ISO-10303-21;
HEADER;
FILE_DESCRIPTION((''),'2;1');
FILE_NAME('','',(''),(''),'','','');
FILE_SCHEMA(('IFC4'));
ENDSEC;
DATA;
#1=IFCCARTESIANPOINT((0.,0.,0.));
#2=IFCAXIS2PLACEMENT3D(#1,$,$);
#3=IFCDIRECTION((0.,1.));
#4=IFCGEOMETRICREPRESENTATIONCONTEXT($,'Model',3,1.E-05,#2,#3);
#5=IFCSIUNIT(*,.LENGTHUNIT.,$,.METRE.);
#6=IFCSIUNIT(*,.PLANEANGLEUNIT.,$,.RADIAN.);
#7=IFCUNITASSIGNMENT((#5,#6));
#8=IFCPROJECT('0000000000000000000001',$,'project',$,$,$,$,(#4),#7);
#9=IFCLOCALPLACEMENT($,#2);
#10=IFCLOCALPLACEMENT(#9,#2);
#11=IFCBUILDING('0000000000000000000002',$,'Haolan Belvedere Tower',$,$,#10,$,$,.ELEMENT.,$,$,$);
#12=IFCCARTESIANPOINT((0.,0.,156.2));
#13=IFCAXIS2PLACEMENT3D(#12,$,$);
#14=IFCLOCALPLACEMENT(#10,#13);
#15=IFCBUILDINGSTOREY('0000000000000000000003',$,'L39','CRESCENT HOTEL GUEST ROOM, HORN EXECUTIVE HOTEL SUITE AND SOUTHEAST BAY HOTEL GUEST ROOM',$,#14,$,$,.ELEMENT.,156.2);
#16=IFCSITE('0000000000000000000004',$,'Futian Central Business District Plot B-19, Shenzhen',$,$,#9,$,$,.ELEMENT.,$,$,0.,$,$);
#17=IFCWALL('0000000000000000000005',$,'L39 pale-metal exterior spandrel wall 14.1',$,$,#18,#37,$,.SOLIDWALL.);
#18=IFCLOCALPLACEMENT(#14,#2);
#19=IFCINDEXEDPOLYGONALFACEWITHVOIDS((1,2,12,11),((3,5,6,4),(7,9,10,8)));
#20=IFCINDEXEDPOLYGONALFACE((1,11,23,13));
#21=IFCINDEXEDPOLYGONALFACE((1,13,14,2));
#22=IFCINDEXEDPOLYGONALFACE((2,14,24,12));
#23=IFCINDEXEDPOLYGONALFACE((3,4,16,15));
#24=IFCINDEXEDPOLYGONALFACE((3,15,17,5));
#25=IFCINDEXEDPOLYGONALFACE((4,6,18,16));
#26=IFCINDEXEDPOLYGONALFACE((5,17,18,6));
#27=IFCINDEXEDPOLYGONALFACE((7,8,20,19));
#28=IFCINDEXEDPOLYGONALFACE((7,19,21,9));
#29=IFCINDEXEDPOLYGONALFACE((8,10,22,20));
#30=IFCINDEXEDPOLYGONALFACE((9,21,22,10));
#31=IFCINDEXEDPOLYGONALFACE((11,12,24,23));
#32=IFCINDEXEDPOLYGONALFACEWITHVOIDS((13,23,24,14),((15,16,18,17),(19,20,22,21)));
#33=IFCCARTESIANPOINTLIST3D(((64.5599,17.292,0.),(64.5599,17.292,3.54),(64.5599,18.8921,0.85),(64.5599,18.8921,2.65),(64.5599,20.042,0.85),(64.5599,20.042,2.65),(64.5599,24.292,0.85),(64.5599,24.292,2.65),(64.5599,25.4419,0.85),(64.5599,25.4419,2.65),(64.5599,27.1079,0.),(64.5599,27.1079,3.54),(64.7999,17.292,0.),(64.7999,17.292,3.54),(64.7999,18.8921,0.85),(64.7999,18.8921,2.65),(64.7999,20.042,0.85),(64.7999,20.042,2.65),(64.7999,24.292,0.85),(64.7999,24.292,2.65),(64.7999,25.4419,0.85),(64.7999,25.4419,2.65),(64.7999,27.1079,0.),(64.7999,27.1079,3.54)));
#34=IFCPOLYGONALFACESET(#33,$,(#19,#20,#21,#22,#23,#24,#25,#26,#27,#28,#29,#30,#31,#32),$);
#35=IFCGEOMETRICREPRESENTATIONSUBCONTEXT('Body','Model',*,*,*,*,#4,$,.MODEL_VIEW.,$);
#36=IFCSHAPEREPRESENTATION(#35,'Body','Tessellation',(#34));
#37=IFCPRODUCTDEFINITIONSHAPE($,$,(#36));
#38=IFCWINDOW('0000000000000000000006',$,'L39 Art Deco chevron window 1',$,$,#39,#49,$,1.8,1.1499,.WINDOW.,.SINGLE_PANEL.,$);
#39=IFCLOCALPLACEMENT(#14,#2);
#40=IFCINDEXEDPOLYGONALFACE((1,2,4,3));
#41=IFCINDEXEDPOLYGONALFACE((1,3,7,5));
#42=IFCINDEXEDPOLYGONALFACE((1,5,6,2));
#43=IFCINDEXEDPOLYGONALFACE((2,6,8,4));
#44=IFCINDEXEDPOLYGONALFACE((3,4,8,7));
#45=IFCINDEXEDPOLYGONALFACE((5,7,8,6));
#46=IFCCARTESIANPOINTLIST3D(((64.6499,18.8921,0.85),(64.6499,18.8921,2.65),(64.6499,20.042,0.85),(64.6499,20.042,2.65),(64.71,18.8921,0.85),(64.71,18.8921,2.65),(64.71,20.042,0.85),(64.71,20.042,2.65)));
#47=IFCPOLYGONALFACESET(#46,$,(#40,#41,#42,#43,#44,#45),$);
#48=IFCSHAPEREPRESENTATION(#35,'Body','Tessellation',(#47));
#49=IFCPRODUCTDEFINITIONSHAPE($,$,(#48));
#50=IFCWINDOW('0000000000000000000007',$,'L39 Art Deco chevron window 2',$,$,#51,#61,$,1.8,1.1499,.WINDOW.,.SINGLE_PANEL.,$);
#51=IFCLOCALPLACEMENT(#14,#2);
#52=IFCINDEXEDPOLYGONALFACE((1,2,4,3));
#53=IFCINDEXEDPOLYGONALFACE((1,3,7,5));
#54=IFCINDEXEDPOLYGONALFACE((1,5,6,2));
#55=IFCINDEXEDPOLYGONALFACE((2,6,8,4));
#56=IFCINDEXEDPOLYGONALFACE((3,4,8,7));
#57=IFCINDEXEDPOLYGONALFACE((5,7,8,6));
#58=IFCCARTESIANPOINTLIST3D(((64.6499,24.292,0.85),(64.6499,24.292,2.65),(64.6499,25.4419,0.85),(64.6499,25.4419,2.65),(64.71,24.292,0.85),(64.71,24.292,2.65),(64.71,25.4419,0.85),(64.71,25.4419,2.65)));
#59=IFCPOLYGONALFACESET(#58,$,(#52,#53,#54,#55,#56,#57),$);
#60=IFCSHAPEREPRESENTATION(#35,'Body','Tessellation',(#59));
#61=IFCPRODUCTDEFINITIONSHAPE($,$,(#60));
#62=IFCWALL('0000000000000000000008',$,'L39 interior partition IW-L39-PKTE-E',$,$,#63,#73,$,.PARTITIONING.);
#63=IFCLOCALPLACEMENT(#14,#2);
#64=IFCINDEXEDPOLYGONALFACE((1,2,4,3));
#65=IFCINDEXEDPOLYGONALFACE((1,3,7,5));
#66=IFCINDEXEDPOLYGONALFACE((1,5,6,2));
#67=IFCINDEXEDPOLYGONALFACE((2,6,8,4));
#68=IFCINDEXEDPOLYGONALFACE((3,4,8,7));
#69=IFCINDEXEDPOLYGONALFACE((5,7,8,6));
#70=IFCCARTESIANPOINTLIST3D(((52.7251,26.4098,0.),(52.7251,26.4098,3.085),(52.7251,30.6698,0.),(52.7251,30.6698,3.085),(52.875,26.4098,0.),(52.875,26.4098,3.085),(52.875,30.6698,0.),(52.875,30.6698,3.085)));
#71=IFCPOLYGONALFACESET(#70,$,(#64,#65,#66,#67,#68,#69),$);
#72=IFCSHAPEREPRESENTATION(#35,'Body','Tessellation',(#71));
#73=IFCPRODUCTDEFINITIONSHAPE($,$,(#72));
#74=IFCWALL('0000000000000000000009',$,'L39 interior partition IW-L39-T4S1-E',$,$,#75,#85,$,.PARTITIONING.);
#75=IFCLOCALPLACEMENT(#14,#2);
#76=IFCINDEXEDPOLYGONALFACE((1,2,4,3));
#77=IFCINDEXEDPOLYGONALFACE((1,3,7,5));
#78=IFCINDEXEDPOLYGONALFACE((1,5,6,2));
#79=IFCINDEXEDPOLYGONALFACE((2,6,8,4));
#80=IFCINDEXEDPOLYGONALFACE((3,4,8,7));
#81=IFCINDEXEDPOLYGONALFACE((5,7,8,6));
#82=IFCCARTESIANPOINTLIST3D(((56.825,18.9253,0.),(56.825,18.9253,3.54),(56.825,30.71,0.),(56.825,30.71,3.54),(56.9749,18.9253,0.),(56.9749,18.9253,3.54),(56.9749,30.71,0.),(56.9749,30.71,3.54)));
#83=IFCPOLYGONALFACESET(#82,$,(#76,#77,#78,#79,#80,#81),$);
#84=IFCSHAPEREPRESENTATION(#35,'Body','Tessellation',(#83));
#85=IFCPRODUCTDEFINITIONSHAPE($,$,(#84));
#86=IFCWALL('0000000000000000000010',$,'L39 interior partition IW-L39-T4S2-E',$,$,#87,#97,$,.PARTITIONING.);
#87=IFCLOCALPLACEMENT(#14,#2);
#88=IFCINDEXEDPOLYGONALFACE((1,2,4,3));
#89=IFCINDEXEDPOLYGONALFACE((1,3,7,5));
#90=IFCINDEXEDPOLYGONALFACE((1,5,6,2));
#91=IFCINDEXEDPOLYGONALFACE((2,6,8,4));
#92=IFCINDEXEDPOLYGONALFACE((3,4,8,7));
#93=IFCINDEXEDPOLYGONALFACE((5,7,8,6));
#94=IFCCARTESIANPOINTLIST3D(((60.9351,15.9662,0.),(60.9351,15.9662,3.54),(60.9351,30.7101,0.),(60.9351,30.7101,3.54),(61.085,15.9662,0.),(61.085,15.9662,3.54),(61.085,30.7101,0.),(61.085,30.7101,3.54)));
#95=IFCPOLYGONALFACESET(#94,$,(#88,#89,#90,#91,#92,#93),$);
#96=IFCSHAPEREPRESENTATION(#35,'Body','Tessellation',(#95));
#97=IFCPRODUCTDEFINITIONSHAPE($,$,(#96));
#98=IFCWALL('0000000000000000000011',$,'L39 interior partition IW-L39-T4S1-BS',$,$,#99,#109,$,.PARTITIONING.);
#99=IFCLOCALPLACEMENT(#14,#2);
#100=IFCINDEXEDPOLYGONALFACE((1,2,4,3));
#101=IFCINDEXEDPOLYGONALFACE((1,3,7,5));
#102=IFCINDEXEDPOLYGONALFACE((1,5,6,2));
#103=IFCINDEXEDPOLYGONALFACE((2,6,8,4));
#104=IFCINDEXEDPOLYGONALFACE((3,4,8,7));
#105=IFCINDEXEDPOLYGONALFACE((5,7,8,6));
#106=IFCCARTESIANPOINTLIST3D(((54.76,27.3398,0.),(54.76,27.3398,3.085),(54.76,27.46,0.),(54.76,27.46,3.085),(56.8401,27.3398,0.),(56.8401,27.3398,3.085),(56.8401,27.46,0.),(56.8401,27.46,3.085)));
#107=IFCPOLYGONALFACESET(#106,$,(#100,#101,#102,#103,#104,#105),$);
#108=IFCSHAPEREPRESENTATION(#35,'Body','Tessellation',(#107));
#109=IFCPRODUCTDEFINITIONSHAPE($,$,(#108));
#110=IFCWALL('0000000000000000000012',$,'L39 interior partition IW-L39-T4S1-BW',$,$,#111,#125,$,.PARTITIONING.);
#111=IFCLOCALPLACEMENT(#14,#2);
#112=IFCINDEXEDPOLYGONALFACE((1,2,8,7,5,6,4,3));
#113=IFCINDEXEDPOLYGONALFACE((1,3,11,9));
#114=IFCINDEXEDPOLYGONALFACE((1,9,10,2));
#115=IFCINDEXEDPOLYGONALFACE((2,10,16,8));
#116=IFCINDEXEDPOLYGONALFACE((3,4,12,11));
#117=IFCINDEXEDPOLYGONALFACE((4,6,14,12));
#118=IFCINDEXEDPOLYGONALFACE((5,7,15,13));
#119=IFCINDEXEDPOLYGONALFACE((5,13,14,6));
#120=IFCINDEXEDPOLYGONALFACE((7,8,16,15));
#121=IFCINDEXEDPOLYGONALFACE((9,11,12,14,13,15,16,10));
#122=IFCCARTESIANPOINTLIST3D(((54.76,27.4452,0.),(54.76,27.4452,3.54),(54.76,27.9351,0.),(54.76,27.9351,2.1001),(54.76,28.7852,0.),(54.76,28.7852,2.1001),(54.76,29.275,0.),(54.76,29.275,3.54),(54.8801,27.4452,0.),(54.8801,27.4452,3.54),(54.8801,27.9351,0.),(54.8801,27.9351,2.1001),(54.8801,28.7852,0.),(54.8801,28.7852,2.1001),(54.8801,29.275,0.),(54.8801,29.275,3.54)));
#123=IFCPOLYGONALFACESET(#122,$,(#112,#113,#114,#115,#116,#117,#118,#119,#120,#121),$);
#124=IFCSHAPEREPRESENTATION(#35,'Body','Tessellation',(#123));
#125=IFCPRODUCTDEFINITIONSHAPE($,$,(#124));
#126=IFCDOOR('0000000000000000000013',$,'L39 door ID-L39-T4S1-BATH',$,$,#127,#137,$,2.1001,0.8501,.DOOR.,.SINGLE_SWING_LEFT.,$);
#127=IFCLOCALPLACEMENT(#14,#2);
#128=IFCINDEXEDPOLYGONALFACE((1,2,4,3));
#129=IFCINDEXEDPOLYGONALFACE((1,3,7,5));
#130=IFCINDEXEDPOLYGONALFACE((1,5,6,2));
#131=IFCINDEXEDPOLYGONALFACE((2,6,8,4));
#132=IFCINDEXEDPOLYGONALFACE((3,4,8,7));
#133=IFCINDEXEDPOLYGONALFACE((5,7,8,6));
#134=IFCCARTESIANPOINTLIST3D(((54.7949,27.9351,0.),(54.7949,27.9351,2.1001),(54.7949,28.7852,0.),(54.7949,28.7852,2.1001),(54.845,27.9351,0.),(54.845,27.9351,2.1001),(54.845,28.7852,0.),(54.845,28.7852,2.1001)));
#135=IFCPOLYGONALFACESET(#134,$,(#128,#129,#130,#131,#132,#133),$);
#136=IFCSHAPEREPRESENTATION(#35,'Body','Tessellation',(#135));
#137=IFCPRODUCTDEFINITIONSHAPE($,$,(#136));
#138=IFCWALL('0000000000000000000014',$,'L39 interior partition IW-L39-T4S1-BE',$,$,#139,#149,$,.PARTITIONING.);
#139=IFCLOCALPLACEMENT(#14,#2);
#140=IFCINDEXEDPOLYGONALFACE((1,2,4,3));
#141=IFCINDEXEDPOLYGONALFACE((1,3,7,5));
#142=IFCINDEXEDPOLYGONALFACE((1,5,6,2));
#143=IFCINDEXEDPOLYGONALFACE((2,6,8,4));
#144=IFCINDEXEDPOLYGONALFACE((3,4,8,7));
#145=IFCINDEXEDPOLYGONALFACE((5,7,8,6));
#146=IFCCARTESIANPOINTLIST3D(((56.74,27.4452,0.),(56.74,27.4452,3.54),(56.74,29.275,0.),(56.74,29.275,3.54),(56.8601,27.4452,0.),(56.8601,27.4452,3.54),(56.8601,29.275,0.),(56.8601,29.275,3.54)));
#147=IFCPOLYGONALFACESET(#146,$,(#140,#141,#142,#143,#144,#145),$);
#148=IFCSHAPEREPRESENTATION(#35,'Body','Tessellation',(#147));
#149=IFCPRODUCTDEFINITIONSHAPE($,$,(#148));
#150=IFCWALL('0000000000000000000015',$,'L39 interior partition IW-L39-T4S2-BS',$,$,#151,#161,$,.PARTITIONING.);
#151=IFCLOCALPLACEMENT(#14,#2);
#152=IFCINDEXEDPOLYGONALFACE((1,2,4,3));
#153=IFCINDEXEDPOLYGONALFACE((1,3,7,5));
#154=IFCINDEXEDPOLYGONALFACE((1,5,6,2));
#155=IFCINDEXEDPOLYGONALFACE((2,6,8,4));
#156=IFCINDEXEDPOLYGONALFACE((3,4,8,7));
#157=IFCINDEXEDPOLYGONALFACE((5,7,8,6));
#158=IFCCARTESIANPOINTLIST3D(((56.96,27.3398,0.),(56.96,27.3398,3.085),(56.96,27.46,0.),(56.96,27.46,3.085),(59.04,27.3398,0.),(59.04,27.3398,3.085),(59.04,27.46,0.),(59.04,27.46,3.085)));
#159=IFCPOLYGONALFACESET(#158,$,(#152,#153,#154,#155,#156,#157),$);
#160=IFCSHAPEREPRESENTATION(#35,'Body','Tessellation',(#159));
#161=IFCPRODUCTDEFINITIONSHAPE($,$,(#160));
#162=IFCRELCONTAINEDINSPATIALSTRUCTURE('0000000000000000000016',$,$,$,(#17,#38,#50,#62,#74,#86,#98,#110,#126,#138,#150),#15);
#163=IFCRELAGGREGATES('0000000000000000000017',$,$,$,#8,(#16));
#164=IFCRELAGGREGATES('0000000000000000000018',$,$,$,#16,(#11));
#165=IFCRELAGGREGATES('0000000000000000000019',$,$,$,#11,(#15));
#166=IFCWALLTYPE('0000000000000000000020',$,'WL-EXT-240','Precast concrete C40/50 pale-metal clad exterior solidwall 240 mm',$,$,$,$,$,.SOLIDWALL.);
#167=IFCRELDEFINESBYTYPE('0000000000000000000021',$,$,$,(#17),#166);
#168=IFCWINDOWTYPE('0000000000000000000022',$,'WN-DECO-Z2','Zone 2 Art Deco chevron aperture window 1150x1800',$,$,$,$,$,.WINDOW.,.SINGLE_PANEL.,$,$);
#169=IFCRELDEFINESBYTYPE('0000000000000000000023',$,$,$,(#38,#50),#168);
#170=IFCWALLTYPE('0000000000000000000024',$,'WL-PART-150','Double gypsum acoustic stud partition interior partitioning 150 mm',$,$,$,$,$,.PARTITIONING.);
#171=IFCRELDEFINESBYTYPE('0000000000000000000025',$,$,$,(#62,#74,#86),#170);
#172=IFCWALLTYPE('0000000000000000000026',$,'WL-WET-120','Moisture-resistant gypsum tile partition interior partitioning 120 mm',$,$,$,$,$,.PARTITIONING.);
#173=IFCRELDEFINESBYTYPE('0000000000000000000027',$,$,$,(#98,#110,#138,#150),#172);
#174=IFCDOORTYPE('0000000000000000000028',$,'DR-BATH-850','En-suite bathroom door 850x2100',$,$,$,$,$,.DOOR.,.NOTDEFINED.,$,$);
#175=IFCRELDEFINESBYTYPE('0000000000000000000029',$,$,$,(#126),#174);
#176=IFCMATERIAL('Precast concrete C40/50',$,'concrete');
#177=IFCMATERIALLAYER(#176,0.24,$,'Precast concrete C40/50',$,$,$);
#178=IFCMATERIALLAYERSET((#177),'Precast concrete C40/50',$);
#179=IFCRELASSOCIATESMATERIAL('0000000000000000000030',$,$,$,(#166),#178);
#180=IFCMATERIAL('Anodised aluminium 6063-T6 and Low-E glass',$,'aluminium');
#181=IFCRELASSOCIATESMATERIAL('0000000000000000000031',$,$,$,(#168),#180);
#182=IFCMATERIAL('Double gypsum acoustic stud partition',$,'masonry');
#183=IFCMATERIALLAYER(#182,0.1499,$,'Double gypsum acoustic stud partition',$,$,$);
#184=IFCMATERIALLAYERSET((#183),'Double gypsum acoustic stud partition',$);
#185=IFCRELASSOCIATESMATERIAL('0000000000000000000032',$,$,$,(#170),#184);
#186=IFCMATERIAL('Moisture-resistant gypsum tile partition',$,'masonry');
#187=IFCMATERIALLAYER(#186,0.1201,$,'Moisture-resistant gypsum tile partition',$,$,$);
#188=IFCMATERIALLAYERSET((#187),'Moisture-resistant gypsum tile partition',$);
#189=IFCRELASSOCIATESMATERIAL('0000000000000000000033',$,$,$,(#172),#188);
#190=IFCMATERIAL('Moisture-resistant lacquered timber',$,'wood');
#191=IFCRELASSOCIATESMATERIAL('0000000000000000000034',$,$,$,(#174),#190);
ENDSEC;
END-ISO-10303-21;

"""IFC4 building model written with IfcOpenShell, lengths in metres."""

from ifc_helpers import new_model, si_unit, direction, frame, frame_2d, origin, place, context, subcontext, project, spatial, rectangle, extrude, material, layer, layer_set, type_object, element, fill, save


model = new_model("IFC4")

# Units and contexts
model_context = context("Model", 3, precision=1e-05, world=origin(), true_north=direction((0.0, 1.0)))
body_context = subcontext(model_context, "Body", "Model", "MODEL_VIEW")
ifc_project = project(units=[si_unit("LENGTHUNIT", "METRE"), si_unit("PLANEANGLEUNIT", "RADIAN")], contexts=[model_context])

# Site, building, storey
site_placement = place(None, origin())
site = spatial("IfcSite", under=ifc_project, at=site_placement, Name="Futian Central Business District Plot B-19, Shenzhen", CompositionType="ELEMENT", RefElevation=0.0)
building_placement = place(site_placement, origin())
building = spatial("IfcBuilding", under=site, at=building_placement, Name="Haolan Belvedere Tower", CompositionType="ELEMENT")
storey_placement = place(building_placement, frame((0.0, 0.0, 156.2)))
storey = spatial("IfcBuildingStorey", under=building, at=storey_placement, Name="L39", Description="CRESCENT HOTEL GUEST ROOM, HORN EXECUTIVE HOTEL SUITE AND SOUTHEAST BAY HOTEL GUEST ROOM", CompositionType="ELEMENT", Elevation=156.2)

# Shared definitions
ifc_material_1 = material(Name="Precast concrete C40/50", Category="concrete")
ifc_layer_1 = layer(ifc_material_1, 0.24, Name="Precast concrete C40/50")
ifc_layer_set_1 = layer_set([ifc_layer_1], Name="Precast concrete C40/50")
wall_type_1 = type_object("IfcWallType", Name="WL-EXT-240", Description="Precast concrete C40/50 pale-metal clad exterior solidwall 240 mm", PredefinedType="SOLIDWALL", material=ifc_layer_set_1)
ifc_material_2 = material(Name="Anodised aluminium 6063-T6 and Low-E glass", Category="aluminium")
window_type = type_object("IfcWindowType", Name="WN-DECO-Z2", Description="Zone 2 Art Deco chevron aperture window 1150x1800", PartitioningType="SINGLE_PANEL", PredefinedType="WINDOW", material=ifc_material_2)

# Wall, openings, windows
wall_1_placement = place(storey_placement, frame((64.6799, 17.292, 0.0), z_axis=(0.0, 0.0, 1.0), x_axis=(0.0, 1.0, 0.0)))
wall_1 = element("IfcWall", 1, at=wall_1_placement, inside=storey, type_object=wall_type_1, Name="L39 pale-metal exterior spandrel wall 14.1", PredefinedType="SOLIDWALL", context=body_context, shape_type="SweptSolid", body=[
    extrude(rectangle(XDim=9.8159, YDim=0.24, at=frame_2d((4.908, 0.0))), origin(), (0.0, 0.0, 1.0), 3.54),
])
opening_1_placement = place(wall_1_placement, frame((1.6001, 0.0, 0.8501)))
opening_1 = element("IfcOpeningElement", 2, at=opening_1_placement, cuts=wall_1, PredefinedType="OPENING", context=body_context, shape_type="SweptSolid", body=[
    extrude(rectangle(XDim=1.1499, YDim=1.8, at=frame_2d((0.575, 0.8999))), frame((0.0, 0.1299, 0.0), z_axis=(0.0, -1.0, 0.0), x_axis=(1.0, 0.0, 0.0)), (0.0, 0.0, 1.0), 0.26),
])
opening_2_placement = place(wall_1_placement, frame((7.0, 0.0, 0.8501)))
opening_2 = element("IfcOpeningElement", 3, at=opening_2_placement, cuts=wall_1, PredefinedType="OPENING", context=body_context, shape_type="SweptSolid", body=[
    extrude(rectangle(XDim=1.1499, YDim=1.8, at=frame_2d((0.575, 0.8999))), frame((0.0, 0.1299, 0.0), z_axis=(0.0, -1.0, 0.0), x_axis=(1.0, 0.0, 0.0)), (0.0, 0.0, 1.0), 0.26),
])
window_1_placement = place(opening_1_placement, origin())
window_1 = element("IfcWindow", 4, at=window_1_placement, inside=storey, type_object=window_type, Name="L39 Art Deco chevron window 1", OverallHeight=1.8, OverallWidth=1.1499, PartitioningType="SINGLE_PANEL", PredefinedType="WINDOW", context=body_context, shape_type="SweptSolid", body=[
    extrude(rectangle(XDim=1.1499, YDim=1.8, at=frame_2d((0.575, 0.8999))), frame((0.0, 0.03, 0.0), z_axis=(0.0, -1.0, 0.0), x_axis=(1.0, 0.0, 0.0)), (0.0, 0.0, 1.0), 0.0601),
])
fill(opening_1, window_1)
window_2_placement = place(opening_2_placement, origin())
window_2 = element("IfcWindow", 5, at=window_2_placement, inside=storey, type_object=window_type, Name="L39 Art Deco chevron window 2", OverallHeight=1.8, OverallWidth=1.1499, PartitioningType="SINGLE_PANEL", PredefinedType="WINDOW", context=body_context, shape_type="SweptSolid", body=[
    extrude(rectangle(XDim=1.1499, YDim=1.8, at=frame_2d((0.575, 0.8999))), frame((0.0, 0.03, 0.0), z_axis=(0.0, -1.0, 0.0), x_axis=(1.0, 0.0, 0.0)), (0.0, 0.0, 1.0), 0.0601),
])
fill(opening_2, window_2)

# Walls
ifc_material_3 = material(Name="Double gypsum acoustic stud partition", Category="masonry")
ifc_layer_2 = layer(ifc_material_3, 0.1499, Name="Double gypsum acoustic stud partition")
ifc_layer_set_2 = layer_set([ifc_layer_2], Name="Double gypsum acoustic stud partition")
wall_type_2 = type_object("IfcWallType", Name="WL-PART-150", Description="Double gypsum acoustic stud partition interior partitioning 150 mm", PredefinedType="PARTITIONING", material=ifc_layer_set_2)
wall_2_placement = place(storey_placement, frame((52.8, 26.4099, 0.0), z_axis=(0.0, 0.0, 1.0), x_axis=(0.0, 1.0, 0.0)))
element("IfcWall", 6, at=wall_2_placement, inside=storey, type_object=wall_type_2, Name="L39 interior partition IW-L39-PKTE-E", PredefinedType="PARTITIONING", context=body_context, shape_type="SweptSolid", body=[
    extrude(rectangle(XDim=4.26, YDim=0.1499, at=frame_2d((2.1299, 0.0))), origin(), (0.0, 0.0, 1.0), 3.085),
])
wall_3_placement = place(storey_placement, frame((56.8999, 18.9253, 0.0), z_axis=(0.0, 0.0, 1.0), x_axis=(0.0, 1.0, 0.0)))
element("IfcWall", 7, at=wall_3_placement, inside=storey, type_object=wall_type_2, Name="L39 interior partition IW-L39-T4S1-E", PredefinedType="PARTITIONING", context=body_context, shape_type="SweptSolid", body=[
    extrude(rectangle(XDim=11.7847, YDim=0.1499, at=frame_2d((5.8923, 0.0))), origin(), (0.0, 0.0, 1.0), 3.54),
])
wall_4_placement = place(storey_placement, frame((61.01, 15.9661, 0.0), z_axis=(0.0, 0.0, 1.0), x_axis=(0.0, 1.0, 0.0)))
element("IfcWall", 8, at=wall_4_placement, inside=storey, type_object=wall_type_2, Name="L39 interior partition IW-L39-T4S2-E", PredefinedType="PARTITIONING", context=body_context, shape_type="SweptSolid", body=[
    extrude(rectangle(XDim=14.7439, YDim=0.1499, at=frame_2d((7.3721, 0.0))), origin(), (0.0, 0.0, 1.0), 3.54),
])
ifc_material_4 = material(Name="Moisture-resistant gypsum tile partition", Category="masonry")
ifc_layer_3 = layer(ifc_material_4, 0.1201, Name="Moisture-resistant gypsum tile partition")
ifc_layer_set_3 = layer_set([ifc_layer_3], Name="Moisture-resistant gypsum tile partition")
wall_type_3 = type_object("IfcWallType", Name="WL-WET-120", Description="Moisture-resistant gypsum tile partition interior partitioning 120 mm", PredefinedType="PARTITIONING", material=ifc_layer_set_3)
wall_5_placement = place(storey_placement, frame((54.76, 27.3999, 0.0), z_axis=(0.0, 0.0, 1.0), x_axis=(1.0, 0.0, 0.0)))
element("IfcWall", 9, at=wall_5_placement, inside=storey, type_object=wall_type_3, Name="L39 interior partition IW-L39-T4S1-BS", PredefinedType="PARTITIONING", context=body_context, shape_type="SweptSolid", body=[
    extrude(rectangle(XDim=2.0801, YDim=0.1201, at=frame_2d((1.04, 0.0))), origin(), (0.0, 0.0, 1.0), 3.085),
])

# Wall, opening, door
wall_6_placement = place(storey_placement, frame((54.8201, 27.4451, 0.0), z_axis=(0.0, 0.0, 1.0), x_axis=(0.0, 1.0, 0.0)))
wall_6 = element("IfcWall", 10, at=wall_6_placement, inside=storey, type_object=wall_type_3, Name="L39 interior partition IW-L39-T4S1-BW", PredefinedType="PARTITIONING", context=body_context, shape_type="SweptSolid", body=[
    extrude(rectangle(XDim=1.8298, YDim=0.1201, at=frame_2d((0.915, 0.0))), origin(), (0.0, 0.0, 1.0), 3.54),
])
opening_3_placement = place(wall_6_placement, frame((1.3401, 0.0, 0.0), z_axis=(0.0, 0.0, 1.0), x_axis=(-1.0, 0.0, 0.0)))
opening_3 = element("IfcOpeningElement", 11, at=opening_3_placement, cuts=wall_6, PredefinedType="OPENING", context=body_context, shape_type="SweptSolid", body=[
    extrude(rectangle(XDim=0.8501, YDim=2.1001, at=frame_2d((0.425, 1.05))), frame((0.0, 0.0701, 0.0), z_axis=(0.0, -1.0, 0.0), x_axis=(1.0, 0.0, 0.0)), (0.0, 0.0, 1.0), 0.1401),
])
ifc_material_5 = material(Name="Moisture-resistant lacquered timber", Category="wood")
door_type = type_object("IfcDoorType", Name="DR-BATH-850", Description="En-suite bathroom door 850x2100", OperationType="NOTDEFINED", PredefinedType="DOOR", material=ifc_material_5)
door_1_placement = place(opening_3_placement, origin())
door_1 = element("IfcDoor", 12, at=door_1_placement, inside=storey, type_object=door_type, Name="L39 door ID-L39-T4S1-BATH", OperationType="SINGLE_SWING_LEFT", OverallHeight=2.1001, OverallWidth=0.8501, PredefinedType="DOOR", context=body_context, shape_type="SweptSolid", body=[
    extrude(rectangle(XDim=0.8501, YDim=2.1001, at=frame_2d((0.425, 1.05))), frame((0.0, 0.0249, 0.0), z_axis=(0.0, -1.0, 0.0), x_axis=(1.0, 0.0, 0.0)), (0.0, 0.0, 1.0), 0.05),
])
fill(opening_3, door_1)

# Walls
wall_7_placement = place(storey_placement, frame((56.8, 27.4451, 0.0), z_axis=(0.0, 0.0, 1.0), x_axis=(0.0, 1.0, 0.0)))
element("IfcWall", 13, at=wall_7_placement, inside=storey, type_object=wall_type_3, Name="L39 interior partition IW-L39-T4S1-BE", PredefinedType="PARTITIONING", context=body_context, shape_type="SweptSolid", body=[
    extrude(rectangle(XDim=1.8298, YDim=0.1201, at=frame_2d((0.915, 0.0))), origin(), (0.0, 0.0, 1.0), 3.54),
])
wall_8_placement = place(storey_placement, frame((56.96, 27.3999, 0.0), z_axis=(0.0, 0.0, 1.0), x_axis=(1.0, 0.0, 0.0)))
element("IfcWall", 14, at=wall_8_placement, inside=storey, type_object=wall_type_3, Name="L39 interior partition IW-L39-T4S2-BS", PredefinedType="PARTITIONING", context=body_context, shape_type="SweptSolid", body=[
    extrude(rectangle(XDim=2.0801, YDim=0.1201, at=frame_2d((1.04, 0.0))), origin(), (0.0, 0.0, 1.0), 3.085),
])

save(model, "model.ifc")
